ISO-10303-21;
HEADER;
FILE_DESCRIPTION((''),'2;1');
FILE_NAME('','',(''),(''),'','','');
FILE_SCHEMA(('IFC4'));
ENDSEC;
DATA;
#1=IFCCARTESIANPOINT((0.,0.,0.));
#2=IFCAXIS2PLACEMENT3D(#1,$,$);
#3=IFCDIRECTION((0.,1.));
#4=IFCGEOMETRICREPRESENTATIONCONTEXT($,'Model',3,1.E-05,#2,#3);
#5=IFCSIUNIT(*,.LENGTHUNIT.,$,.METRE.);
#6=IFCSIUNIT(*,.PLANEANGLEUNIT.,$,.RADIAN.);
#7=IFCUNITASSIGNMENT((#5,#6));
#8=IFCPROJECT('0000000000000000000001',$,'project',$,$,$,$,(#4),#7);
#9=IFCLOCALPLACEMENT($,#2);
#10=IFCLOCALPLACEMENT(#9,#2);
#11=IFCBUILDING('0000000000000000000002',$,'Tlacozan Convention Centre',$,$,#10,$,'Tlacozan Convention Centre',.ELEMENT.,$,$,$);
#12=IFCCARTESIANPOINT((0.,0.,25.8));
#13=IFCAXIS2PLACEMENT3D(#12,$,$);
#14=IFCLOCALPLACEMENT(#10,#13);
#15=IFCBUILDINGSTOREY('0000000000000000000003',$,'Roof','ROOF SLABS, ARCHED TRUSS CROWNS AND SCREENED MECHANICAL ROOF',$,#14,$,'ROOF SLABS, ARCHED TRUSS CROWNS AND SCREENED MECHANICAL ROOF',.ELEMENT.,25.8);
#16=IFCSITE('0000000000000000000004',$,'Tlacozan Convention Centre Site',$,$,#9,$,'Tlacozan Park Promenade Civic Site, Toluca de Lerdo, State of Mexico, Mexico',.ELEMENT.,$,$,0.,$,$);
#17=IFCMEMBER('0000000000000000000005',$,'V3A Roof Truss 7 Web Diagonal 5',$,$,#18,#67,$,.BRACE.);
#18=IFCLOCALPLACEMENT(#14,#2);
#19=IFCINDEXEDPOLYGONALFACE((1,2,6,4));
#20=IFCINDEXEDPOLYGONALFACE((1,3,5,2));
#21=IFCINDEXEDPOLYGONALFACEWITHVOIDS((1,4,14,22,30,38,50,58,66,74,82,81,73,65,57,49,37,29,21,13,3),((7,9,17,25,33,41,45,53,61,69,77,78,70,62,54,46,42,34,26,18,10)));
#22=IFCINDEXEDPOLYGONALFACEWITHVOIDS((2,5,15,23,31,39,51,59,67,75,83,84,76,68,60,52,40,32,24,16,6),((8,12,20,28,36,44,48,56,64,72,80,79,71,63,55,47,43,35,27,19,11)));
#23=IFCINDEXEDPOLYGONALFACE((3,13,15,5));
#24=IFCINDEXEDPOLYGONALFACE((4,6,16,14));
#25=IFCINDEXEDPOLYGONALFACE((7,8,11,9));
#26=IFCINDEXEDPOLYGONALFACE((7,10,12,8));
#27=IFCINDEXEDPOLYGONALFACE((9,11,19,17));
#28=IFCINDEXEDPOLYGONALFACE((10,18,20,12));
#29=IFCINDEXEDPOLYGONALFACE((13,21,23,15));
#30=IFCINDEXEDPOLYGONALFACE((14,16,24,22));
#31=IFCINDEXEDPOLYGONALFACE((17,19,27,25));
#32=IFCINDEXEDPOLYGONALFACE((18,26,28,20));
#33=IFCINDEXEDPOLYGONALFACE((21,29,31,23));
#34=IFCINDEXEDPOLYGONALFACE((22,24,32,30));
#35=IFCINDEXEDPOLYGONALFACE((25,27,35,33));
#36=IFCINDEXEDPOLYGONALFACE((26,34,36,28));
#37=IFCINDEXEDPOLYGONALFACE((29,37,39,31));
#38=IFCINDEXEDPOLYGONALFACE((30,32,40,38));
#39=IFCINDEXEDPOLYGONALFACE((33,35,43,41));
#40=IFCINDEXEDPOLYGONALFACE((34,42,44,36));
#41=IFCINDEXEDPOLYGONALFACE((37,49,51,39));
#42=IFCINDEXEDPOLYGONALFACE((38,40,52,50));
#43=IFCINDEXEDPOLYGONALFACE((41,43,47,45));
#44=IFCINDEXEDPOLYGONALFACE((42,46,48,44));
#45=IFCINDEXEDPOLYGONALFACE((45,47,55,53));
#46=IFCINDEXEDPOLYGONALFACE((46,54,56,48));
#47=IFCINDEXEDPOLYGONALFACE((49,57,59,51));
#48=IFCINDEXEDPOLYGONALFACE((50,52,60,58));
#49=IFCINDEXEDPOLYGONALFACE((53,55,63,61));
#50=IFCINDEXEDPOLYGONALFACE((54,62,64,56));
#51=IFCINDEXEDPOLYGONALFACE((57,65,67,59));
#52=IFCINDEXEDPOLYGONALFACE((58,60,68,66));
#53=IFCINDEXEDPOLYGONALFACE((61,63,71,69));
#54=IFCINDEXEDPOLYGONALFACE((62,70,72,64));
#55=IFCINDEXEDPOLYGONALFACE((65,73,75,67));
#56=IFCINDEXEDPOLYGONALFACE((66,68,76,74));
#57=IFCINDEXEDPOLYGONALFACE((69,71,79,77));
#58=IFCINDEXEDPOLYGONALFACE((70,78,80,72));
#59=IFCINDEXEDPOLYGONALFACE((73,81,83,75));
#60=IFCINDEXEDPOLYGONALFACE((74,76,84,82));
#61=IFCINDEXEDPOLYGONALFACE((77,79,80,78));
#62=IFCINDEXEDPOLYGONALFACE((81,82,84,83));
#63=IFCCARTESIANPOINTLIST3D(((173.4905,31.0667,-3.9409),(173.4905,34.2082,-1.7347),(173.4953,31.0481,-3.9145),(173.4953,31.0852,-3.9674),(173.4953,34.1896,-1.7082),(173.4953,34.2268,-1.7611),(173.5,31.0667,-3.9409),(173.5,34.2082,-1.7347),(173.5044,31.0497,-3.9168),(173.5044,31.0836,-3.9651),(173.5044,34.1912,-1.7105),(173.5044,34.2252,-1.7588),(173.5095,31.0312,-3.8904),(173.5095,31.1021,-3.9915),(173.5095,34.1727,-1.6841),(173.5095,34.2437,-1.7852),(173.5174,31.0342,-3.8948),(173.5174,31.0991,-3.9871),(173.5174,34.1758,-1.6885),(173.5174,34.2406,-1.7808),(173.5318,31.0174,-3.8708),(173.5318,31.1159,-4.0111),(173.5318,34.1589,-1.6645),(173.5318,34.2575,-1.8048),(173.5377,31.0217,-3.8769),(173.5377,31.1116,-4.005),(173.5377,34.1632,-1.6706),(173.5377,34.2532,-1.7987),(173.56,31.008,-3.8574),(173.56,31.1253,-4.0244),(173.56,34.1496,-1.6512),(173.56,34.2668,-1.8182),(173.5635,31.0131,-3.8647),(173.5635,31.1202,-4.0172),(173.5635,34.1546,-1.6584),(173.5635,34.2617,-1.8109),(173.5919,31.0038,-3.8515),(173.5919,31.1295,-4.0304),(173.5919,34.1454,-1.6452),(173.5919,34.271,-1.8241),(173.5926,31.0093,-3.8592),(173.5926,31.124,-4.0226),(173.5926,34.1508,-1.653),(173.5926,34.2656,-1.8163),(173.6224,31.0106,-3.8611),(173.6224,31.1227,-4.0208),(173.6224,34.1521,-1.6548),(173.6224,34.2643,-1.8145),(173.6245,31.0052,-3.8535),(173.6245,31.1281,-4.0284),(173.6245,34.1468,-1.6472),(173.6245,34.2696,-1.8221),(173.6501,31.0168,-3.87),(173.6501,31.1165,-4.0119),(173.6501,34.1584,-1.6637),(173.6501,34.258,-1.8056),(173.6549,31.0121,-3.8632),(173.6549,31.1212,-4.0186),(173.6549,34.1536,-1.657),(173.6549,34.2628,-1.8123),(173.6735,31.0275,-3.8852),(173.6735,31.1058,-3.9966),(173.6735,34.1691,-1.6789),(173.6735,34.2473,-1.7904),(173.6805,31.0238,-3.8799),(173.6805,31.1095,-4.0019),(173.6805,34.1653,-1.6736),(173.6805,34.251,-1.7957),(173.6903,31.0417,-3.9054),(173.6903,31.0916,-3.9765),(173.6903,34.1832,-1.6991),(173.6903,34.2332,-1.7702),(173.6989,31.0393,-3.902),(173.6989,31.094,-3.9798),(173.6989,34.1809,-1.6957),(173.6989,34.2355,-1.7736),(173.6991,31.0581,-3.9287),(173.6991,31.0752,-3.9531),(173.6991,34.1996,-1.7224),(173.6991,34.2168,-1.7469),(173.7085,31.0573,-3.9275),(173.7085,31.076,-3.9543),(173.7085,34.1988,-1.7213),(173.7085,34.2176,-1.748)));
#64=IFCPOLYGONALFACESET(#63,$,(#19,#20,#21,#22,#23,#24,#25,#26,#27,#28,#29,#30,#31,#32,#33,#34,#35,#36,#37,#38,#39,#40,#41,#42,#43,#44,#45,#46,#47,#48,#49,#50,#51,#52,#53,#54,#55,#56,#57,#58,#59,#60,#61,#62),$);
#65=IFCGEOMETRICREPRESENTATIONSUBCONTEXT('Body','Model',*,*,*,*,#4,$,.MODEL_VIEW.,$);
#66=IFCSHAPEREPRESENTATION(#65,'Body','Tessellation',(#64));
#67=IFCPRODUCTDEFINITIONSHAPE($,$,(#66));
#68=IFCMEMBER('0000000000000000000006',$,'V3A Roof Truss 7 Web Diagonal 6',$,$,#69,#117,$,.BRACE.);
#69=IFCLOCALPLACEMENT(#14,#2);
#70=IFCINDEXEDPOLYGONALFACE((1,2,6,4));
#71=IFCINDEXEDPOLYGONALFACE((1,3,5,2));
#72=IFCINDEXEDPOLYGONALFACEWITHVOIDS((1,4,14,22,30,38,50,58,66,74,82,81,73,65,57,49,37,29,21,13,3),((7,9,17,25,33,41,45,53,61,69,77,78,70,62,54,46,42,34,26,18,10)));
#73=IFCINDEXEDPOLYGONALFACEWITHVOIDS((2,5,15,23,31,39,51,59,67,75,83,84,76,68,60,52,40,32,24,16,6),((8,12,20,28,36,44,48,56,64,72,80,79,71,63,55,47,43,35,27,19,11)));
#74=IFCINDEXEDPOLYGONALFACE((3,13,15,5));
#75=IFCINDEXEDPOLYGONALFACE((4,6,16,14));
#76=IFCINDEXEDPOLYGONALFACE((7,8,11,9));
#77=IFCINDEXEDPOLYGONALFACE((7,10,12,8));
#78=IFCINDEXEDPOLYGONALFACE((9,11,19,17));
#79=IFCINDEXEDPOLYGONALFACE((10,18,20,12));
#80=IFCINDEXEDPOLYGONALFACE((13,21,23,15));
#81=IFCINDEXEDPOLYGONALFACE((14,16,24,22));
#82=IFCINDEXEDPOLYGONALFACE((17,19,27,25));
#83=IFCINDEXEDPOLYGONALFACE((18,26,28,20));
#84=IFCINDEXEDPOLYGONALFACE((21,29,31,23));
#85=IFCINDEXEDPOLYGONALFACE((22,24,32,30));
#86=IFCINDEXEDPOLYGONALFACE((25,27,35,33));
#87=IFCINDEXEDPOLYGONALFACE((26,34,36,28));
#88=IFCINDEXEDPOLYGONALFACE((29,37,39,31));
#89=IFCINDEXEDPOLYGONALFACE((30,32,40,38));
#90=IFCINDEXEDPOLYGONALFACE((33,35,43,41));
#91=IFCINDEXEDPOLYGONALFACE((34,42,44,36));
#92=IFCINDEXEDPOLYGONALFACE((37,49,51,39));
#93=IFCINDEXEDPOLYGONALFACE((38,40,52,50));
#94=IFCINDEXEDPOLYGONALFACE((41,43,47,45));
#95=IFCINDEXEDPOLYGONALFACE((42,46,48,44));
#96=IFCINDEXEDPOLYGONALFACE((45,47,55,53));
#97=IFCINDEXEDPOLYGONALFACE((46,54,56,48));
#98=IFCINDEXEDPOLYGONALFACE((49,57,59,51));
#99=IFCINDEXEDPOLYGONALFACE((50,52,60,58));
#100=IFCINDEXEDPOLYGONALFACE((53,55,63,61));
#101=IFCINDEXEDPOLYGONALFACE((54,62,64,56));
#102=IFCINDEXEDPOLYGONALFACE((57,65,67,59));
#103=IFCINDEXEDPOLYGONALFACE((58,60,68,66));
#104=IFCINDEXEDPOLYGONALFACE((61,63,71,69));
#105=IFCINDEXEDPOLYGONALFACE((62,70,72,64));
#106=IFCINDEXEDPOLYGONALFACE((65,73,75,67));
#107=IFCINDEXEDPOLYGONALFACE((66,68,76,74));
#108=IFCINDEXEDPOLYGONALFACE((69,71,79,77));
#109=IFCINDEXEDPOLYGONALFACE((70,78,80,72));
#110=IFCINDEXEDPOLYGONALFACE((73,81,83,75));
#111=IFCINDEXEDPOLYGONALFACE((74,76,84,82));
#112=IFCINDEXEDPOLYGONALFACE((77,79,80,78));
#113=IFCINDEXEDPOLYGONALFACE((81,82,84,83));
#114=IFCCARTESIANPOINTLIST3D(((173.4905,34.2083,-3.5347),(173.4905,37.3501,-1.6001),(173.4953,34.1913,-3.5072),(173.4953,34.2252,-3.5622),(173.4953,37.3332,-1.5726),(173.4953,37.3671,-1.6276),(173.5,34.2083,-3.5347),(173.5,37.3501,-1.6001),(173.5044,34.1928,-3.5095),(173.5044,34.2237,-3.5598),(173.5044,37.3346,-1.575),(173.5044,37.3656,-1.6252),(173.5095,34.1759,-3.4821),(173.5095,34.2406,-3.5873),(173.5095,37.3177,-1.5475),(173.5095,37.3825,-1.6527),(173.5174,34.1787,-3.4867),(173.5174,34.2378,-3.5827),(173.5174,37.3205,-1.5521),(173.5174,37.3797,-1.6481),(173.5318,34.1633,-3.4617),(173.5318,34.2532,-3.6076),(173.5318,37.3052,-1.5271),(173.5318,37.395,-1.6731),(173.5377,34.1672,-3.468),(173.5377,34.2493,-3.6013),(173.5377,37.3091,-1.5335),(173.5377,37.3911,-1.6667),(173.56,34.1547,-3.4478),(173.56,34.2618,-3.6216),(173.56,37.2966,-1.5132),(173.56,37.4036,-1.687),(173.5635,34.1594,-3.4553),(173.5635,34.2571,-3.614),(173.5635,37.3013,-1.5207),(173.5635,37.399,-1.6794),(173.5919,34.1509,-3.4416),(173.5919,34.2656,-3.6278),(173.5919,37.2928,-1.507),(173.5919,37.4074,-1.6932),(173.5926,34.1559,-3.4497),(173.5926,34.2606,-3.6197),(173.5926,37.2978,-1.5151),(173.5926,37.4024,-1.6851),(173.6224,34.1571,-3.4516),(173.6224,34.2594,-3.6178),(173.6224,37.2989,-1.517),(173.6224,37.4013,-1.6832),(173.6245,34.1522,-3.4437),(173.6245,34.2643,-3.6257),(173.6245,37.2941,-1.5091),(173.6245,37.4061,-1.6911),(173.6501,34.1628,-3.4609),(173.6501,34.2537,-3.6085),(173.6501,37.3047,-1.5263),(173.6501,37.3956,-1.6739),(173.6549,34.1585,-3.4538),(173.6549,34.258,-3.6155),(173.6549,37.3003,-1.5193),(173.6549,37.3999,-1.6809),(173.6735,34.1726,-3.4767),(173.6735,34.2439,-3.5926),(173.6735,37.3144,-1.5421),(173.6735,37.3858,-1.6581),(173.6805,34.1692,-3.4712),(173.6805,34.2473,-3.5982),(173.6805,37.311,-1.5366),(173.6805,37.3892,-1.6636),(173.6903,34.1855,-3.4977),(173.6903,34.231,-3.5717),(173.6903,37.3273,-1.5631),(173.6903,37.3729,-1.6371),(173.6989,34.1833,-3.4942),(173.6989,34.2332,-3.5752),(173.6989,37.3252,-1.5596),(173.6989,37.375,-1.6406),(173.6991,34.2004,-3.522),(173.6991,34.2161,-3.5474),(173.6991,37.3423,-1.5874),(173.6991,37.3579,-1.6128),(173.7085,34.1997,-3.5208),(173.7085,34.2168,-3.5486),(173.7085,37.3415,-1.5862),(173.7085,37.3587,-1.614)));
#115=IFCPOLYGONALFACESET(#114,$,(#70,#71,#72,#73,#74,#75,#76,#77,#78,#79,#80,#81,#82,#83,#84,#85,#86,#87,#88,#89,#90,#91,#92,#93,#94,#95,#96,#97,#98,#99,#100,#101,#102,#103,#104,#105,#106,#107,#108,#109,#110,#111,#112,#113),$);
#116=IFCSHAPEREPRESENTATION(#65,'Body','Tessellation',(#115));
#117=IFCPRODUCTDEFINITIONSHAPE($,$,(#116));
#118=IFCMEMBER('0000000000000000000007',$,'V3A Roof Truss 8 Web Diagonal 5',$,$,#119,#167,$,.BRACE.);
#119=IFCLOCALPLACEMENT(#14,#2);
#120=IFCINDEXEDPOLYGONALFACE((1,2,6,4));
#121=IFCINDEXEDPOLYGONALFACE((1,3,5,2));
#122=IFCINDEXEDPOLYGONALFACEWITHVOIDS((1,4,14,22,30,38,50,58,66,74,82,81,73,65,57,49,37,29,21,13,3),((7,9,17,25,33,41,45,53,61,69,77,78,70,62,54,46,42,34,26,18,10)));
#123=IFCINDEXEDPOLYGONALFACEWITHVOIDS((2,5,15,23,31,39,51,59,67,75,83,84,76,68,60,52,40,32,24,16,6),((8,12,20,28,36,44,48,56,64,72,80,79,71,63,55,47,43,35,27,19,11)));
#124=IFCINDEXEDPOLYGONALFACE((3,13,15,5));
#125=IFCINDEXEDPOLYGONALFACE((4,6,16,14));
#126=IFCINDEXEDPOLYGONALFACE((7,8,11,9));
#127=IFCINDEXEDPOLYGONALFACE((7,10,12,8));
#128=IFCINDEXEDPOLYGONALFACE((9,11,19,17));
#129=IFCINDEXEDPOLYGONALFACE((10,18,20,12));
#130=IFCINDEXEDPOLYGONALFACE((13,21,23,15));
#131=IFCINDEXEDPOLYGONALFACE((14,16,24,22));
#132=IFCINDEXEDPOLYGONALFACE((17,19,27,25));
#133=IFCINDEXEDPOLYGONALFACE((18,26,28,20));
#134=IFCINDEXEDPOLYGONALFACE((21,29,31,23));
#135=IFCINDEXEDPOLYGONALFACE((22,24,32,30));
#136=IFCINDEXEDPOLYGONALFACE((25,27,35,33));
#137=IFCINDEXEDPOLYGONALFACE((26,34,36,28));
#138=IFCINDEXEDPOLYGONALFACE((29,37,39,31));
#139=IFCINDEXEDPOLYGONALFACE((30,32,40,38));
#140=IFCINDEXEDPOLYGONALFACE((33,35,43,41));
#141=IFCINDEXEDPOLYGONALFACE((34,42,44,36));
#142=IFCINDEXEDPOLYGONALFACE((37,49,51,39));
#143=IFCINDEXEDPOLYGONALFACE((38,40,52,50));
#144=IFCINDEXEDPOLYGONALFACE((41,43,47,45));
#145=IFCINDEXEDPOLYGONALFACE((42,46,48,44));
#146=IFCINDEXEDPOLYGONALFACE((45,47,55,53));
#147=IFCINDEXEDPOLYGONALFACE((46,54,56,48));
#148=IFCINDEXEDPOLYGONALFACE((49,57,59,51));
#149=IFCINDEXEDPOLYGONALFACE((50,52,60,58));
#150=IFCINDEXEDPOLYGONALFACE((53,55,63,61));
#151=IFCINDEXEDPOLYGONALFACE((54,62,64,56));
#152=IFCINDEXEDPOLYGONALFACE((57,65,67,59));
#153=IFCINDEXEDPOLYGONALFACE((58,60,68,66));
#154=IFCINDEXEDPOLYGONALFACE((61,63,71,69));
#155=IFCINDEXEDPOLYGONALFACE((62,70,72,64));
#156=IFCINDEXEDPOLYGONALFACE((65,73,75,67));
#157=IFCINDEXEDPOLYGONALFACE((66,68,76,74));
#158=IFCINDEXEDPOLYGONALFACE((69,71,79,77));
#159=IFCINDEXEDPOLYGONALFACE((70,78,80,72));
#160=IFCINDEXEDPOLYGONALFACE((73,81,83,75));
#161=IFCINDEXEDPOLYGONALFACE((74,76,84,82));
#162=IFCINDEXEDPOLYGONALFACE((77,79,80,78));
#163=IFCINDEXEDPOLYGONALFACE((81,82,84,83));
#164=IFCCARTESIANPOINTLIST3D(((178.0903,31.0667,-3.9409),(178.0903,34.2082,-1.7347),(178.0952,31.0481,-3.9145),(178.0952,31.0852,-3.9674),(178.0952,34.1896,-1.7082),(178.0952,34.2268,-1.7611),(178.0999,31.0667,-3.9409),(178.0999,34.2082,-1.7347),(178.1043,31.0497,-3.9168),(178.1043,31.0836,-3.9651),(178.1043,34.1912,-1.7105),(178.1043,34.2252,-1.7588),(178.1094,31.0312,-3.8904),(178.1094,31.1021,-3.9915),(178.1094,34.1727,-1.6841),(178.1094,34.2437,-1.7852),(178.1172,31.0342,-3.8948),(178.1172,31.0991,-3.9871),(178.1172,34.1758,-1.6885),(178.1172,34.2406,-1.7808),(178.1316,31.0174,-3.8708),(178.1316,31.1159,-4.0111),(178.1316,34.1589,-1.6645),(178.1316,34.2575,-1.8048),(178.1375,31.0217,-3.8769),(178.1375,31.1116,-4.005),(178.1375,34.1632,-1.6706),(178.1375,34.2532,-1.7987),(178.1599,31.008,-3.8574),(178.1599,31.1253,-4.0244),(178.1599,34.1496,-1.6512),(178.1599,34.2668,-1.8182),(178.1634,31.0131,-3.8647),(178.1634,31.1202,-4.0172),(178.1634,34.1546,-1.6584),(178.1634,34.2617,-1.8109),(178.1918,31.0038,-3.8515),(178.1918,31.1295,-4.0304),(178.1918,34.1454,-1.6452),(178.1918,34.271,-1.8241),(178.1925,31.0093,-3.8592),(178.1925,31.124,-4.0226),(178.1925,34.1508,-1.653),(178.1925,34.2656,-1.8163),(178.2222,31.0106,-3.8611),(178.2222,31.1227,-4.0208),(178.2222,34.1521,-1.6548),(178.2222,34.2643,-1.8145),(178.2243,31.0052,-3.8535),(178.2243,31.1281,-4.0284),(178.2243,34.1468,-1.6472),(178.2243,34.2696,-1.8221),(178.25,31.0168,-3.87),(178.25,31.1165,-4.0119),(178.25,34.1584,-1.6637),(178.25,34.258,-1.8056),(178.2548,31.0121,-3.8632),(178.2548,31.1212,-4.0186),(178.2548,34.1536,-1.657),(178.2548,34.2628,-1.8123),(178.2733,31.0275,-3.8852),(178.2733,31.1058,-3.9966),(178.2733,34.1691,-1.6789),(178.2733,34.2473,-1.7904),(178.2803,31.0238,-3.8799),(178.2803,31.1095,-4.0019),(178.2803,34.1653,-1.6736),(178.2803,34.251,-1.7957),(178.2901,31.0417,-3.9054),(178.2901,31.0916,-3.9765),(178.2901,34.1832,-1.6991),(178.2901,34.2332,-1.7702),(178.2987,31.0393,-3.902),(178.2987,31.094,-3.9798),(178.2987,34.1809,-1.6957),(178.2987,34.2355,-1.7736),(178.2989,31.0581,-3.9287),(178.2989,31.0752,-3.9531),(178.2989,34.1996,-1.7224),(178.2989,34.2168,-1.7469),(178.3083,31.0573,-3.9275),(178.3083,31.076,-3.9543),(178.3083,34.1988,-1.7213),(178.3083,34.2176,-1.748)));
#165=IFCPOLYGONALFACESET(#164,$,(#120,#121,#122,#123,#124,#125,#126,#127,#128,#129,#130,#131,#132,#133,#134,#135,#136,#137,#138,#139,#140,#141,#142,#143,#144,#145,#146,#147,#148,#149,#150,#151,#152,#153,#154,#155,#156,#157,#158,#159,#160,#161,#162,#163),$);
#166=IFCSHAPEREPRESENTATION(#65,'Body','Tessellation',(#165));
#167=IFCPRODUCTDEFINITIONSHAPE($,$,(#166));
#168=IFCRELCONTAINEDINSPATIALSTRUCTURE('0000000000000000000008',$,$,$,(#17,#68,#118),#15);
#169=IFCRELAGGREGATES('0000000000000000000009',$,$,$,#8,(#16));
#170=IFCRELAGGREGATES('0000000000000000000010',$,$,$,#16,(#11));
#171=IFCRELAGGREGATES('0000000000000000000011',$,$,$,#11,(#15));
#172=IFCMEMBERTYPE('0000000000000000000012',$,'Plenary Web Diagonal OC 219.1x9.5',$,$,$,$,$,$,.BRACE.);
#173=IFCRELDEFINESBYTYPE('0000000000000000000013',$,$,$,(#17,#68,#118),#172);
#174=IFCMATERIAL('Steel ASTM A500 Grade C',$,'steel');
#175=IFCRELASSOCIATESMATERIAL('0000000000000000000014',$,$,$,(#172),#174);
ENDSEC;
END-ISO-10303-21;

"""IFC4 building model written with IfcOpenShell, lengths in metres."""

from ifc_helpers import new_model, si_unit, direction, frame, origin, origin_2d, place, context, subcontext, project, spatial, hollow_circle, extrude, material, material_profile, profile_set, type_object, element, save


model = new_model("IFC4")

# Units and contexts
model_context = context("Model", 3, precision=1e-05, world=origin(), true_north=direction((0.0, 1.0)))
body_context = subcontext(model_context, "Body", "Model", "MODEL_VIEW")
ifc_project = project(units=[si_unit("LENGTHUNIT", "METRE"), si_unit("PLANEANGLEUNIT", "RADIAN")], contexts=[model_context])

# Site, building, storey
site_placement = place(None, origin())
site = spatial("IfcSite", under=ifc_project, at=site_placement, Name="Tlacozan Convention Centre Site", LongName="Tlacozan Park Promenade Civic Site, Toluca de Lerdo, State of Mexico, Mexico", CompositionType="ELEMENT", RefElevation=0.0)
building_placement = place(site_placement, origin())
building = spatial("IfcBuilding", under=site, at=building_placement, Name="Tlacozan Convention Centre", LongName="Tlacozan Convention Centre", CompositionType="ELEMENT")
storey_placement = place(building_placement, frame((0.0, 0.0, 25.8)))
storey = spatial("IfcBuildingStorey", under=building, at=storey_placement, Name="Roof", Description="ROOF SLABS, ARCHED TRUSS CROWNS AND SCREENED MECHANICAL ROOF", LongName="ROOF SLABS, ARCHED TRUSS CROWNS AND SCREENED MECHANICAL ROOF", CompositionType="ELEMENT", Elevation=25.8)

# Members
ifc_material_1 = material(Name="Steel ASTM A500 Grade C", Category="steel")
ifc_material_profile_1 = material_profile(ifc_material_1, hollow_circle(Radius=0.1096, WallThickness=0.0095, at=origin_2d()), Name="OC 219.1x9.5")
ifc_profile_set_1 = profile_set([ifc_material_profile_1], Name="Steel ASTM A500 Grade C")
member_type_1 = type_object("IfcMemberType", Name="Plenary Web Diagonal OC 219.1x9.5", PredefinedType="BRACE", material=ifc_profile_set_1)
member_1_placement = place(storey_placement, frame((173.6001, 31.0667, -3.9409), z_axis=(0.0, 0.818353, 0.574717), x_axis=(-1.0, 0.0, 0.0)))
element("IfcMember", 1, at=member_1_placement, inside=storey, type_object=member_type_1, Name="V3A Roof Truss 7 Web Diagonal 5", PredefinedType="BRACE", context=body_context, shape_type="SweptSolid", body=[
    extrude(hollow_circle(Radius=0.1096, WallThickness=0.0095, at=origin_2d()), origin(), (0.0, 0.0, 1.0), 3.8389),
])
member_2_placement = place(storey_placement, frame((173.6001, 34.2083, -3.5347), z_axis=(0.0, 0.851522, 0.524319), x_axis=(-1.0, 0.0, 0.0)))
element("IfcMember", 2, at=member_2_placement, inside=storey, type_object=member_type_1, Name="V3A Roof Truss 7 Web Diagonal 6", PredefinedType="BRACE", context=body_context, shape_type="SweptSolid", body=[
    extrude(hollow_circle(Radius=0.1096, WallThickness=0.0095, at=origin_2d()), origin(), (0.0, 0.0, 1.0), 3.6897),
])
member_3_placement = place(storey_placement, frame((178.2, 31.0667, -3.9409), z_axis=(0.0, 0.818353, 0.574717), x_axis=(-1.0, 0.0, 0.0)))
element("IfcMember", 3, at=member_3_placement, inside=storey, type_object=member_type_1, Name="V3A Roof Truss 8 Web Diagonal 5", PredefinedType="BRACE", context=body_context, shape_type="SweptSolid", body=[
    extrude(hollow_circle(Radius=0.1096, WallThickness=0.0095, at=origin_2d()), origin(), (0.0, 0.0, 1.0), 3.8389),
])

save(model, "model.ifc")
